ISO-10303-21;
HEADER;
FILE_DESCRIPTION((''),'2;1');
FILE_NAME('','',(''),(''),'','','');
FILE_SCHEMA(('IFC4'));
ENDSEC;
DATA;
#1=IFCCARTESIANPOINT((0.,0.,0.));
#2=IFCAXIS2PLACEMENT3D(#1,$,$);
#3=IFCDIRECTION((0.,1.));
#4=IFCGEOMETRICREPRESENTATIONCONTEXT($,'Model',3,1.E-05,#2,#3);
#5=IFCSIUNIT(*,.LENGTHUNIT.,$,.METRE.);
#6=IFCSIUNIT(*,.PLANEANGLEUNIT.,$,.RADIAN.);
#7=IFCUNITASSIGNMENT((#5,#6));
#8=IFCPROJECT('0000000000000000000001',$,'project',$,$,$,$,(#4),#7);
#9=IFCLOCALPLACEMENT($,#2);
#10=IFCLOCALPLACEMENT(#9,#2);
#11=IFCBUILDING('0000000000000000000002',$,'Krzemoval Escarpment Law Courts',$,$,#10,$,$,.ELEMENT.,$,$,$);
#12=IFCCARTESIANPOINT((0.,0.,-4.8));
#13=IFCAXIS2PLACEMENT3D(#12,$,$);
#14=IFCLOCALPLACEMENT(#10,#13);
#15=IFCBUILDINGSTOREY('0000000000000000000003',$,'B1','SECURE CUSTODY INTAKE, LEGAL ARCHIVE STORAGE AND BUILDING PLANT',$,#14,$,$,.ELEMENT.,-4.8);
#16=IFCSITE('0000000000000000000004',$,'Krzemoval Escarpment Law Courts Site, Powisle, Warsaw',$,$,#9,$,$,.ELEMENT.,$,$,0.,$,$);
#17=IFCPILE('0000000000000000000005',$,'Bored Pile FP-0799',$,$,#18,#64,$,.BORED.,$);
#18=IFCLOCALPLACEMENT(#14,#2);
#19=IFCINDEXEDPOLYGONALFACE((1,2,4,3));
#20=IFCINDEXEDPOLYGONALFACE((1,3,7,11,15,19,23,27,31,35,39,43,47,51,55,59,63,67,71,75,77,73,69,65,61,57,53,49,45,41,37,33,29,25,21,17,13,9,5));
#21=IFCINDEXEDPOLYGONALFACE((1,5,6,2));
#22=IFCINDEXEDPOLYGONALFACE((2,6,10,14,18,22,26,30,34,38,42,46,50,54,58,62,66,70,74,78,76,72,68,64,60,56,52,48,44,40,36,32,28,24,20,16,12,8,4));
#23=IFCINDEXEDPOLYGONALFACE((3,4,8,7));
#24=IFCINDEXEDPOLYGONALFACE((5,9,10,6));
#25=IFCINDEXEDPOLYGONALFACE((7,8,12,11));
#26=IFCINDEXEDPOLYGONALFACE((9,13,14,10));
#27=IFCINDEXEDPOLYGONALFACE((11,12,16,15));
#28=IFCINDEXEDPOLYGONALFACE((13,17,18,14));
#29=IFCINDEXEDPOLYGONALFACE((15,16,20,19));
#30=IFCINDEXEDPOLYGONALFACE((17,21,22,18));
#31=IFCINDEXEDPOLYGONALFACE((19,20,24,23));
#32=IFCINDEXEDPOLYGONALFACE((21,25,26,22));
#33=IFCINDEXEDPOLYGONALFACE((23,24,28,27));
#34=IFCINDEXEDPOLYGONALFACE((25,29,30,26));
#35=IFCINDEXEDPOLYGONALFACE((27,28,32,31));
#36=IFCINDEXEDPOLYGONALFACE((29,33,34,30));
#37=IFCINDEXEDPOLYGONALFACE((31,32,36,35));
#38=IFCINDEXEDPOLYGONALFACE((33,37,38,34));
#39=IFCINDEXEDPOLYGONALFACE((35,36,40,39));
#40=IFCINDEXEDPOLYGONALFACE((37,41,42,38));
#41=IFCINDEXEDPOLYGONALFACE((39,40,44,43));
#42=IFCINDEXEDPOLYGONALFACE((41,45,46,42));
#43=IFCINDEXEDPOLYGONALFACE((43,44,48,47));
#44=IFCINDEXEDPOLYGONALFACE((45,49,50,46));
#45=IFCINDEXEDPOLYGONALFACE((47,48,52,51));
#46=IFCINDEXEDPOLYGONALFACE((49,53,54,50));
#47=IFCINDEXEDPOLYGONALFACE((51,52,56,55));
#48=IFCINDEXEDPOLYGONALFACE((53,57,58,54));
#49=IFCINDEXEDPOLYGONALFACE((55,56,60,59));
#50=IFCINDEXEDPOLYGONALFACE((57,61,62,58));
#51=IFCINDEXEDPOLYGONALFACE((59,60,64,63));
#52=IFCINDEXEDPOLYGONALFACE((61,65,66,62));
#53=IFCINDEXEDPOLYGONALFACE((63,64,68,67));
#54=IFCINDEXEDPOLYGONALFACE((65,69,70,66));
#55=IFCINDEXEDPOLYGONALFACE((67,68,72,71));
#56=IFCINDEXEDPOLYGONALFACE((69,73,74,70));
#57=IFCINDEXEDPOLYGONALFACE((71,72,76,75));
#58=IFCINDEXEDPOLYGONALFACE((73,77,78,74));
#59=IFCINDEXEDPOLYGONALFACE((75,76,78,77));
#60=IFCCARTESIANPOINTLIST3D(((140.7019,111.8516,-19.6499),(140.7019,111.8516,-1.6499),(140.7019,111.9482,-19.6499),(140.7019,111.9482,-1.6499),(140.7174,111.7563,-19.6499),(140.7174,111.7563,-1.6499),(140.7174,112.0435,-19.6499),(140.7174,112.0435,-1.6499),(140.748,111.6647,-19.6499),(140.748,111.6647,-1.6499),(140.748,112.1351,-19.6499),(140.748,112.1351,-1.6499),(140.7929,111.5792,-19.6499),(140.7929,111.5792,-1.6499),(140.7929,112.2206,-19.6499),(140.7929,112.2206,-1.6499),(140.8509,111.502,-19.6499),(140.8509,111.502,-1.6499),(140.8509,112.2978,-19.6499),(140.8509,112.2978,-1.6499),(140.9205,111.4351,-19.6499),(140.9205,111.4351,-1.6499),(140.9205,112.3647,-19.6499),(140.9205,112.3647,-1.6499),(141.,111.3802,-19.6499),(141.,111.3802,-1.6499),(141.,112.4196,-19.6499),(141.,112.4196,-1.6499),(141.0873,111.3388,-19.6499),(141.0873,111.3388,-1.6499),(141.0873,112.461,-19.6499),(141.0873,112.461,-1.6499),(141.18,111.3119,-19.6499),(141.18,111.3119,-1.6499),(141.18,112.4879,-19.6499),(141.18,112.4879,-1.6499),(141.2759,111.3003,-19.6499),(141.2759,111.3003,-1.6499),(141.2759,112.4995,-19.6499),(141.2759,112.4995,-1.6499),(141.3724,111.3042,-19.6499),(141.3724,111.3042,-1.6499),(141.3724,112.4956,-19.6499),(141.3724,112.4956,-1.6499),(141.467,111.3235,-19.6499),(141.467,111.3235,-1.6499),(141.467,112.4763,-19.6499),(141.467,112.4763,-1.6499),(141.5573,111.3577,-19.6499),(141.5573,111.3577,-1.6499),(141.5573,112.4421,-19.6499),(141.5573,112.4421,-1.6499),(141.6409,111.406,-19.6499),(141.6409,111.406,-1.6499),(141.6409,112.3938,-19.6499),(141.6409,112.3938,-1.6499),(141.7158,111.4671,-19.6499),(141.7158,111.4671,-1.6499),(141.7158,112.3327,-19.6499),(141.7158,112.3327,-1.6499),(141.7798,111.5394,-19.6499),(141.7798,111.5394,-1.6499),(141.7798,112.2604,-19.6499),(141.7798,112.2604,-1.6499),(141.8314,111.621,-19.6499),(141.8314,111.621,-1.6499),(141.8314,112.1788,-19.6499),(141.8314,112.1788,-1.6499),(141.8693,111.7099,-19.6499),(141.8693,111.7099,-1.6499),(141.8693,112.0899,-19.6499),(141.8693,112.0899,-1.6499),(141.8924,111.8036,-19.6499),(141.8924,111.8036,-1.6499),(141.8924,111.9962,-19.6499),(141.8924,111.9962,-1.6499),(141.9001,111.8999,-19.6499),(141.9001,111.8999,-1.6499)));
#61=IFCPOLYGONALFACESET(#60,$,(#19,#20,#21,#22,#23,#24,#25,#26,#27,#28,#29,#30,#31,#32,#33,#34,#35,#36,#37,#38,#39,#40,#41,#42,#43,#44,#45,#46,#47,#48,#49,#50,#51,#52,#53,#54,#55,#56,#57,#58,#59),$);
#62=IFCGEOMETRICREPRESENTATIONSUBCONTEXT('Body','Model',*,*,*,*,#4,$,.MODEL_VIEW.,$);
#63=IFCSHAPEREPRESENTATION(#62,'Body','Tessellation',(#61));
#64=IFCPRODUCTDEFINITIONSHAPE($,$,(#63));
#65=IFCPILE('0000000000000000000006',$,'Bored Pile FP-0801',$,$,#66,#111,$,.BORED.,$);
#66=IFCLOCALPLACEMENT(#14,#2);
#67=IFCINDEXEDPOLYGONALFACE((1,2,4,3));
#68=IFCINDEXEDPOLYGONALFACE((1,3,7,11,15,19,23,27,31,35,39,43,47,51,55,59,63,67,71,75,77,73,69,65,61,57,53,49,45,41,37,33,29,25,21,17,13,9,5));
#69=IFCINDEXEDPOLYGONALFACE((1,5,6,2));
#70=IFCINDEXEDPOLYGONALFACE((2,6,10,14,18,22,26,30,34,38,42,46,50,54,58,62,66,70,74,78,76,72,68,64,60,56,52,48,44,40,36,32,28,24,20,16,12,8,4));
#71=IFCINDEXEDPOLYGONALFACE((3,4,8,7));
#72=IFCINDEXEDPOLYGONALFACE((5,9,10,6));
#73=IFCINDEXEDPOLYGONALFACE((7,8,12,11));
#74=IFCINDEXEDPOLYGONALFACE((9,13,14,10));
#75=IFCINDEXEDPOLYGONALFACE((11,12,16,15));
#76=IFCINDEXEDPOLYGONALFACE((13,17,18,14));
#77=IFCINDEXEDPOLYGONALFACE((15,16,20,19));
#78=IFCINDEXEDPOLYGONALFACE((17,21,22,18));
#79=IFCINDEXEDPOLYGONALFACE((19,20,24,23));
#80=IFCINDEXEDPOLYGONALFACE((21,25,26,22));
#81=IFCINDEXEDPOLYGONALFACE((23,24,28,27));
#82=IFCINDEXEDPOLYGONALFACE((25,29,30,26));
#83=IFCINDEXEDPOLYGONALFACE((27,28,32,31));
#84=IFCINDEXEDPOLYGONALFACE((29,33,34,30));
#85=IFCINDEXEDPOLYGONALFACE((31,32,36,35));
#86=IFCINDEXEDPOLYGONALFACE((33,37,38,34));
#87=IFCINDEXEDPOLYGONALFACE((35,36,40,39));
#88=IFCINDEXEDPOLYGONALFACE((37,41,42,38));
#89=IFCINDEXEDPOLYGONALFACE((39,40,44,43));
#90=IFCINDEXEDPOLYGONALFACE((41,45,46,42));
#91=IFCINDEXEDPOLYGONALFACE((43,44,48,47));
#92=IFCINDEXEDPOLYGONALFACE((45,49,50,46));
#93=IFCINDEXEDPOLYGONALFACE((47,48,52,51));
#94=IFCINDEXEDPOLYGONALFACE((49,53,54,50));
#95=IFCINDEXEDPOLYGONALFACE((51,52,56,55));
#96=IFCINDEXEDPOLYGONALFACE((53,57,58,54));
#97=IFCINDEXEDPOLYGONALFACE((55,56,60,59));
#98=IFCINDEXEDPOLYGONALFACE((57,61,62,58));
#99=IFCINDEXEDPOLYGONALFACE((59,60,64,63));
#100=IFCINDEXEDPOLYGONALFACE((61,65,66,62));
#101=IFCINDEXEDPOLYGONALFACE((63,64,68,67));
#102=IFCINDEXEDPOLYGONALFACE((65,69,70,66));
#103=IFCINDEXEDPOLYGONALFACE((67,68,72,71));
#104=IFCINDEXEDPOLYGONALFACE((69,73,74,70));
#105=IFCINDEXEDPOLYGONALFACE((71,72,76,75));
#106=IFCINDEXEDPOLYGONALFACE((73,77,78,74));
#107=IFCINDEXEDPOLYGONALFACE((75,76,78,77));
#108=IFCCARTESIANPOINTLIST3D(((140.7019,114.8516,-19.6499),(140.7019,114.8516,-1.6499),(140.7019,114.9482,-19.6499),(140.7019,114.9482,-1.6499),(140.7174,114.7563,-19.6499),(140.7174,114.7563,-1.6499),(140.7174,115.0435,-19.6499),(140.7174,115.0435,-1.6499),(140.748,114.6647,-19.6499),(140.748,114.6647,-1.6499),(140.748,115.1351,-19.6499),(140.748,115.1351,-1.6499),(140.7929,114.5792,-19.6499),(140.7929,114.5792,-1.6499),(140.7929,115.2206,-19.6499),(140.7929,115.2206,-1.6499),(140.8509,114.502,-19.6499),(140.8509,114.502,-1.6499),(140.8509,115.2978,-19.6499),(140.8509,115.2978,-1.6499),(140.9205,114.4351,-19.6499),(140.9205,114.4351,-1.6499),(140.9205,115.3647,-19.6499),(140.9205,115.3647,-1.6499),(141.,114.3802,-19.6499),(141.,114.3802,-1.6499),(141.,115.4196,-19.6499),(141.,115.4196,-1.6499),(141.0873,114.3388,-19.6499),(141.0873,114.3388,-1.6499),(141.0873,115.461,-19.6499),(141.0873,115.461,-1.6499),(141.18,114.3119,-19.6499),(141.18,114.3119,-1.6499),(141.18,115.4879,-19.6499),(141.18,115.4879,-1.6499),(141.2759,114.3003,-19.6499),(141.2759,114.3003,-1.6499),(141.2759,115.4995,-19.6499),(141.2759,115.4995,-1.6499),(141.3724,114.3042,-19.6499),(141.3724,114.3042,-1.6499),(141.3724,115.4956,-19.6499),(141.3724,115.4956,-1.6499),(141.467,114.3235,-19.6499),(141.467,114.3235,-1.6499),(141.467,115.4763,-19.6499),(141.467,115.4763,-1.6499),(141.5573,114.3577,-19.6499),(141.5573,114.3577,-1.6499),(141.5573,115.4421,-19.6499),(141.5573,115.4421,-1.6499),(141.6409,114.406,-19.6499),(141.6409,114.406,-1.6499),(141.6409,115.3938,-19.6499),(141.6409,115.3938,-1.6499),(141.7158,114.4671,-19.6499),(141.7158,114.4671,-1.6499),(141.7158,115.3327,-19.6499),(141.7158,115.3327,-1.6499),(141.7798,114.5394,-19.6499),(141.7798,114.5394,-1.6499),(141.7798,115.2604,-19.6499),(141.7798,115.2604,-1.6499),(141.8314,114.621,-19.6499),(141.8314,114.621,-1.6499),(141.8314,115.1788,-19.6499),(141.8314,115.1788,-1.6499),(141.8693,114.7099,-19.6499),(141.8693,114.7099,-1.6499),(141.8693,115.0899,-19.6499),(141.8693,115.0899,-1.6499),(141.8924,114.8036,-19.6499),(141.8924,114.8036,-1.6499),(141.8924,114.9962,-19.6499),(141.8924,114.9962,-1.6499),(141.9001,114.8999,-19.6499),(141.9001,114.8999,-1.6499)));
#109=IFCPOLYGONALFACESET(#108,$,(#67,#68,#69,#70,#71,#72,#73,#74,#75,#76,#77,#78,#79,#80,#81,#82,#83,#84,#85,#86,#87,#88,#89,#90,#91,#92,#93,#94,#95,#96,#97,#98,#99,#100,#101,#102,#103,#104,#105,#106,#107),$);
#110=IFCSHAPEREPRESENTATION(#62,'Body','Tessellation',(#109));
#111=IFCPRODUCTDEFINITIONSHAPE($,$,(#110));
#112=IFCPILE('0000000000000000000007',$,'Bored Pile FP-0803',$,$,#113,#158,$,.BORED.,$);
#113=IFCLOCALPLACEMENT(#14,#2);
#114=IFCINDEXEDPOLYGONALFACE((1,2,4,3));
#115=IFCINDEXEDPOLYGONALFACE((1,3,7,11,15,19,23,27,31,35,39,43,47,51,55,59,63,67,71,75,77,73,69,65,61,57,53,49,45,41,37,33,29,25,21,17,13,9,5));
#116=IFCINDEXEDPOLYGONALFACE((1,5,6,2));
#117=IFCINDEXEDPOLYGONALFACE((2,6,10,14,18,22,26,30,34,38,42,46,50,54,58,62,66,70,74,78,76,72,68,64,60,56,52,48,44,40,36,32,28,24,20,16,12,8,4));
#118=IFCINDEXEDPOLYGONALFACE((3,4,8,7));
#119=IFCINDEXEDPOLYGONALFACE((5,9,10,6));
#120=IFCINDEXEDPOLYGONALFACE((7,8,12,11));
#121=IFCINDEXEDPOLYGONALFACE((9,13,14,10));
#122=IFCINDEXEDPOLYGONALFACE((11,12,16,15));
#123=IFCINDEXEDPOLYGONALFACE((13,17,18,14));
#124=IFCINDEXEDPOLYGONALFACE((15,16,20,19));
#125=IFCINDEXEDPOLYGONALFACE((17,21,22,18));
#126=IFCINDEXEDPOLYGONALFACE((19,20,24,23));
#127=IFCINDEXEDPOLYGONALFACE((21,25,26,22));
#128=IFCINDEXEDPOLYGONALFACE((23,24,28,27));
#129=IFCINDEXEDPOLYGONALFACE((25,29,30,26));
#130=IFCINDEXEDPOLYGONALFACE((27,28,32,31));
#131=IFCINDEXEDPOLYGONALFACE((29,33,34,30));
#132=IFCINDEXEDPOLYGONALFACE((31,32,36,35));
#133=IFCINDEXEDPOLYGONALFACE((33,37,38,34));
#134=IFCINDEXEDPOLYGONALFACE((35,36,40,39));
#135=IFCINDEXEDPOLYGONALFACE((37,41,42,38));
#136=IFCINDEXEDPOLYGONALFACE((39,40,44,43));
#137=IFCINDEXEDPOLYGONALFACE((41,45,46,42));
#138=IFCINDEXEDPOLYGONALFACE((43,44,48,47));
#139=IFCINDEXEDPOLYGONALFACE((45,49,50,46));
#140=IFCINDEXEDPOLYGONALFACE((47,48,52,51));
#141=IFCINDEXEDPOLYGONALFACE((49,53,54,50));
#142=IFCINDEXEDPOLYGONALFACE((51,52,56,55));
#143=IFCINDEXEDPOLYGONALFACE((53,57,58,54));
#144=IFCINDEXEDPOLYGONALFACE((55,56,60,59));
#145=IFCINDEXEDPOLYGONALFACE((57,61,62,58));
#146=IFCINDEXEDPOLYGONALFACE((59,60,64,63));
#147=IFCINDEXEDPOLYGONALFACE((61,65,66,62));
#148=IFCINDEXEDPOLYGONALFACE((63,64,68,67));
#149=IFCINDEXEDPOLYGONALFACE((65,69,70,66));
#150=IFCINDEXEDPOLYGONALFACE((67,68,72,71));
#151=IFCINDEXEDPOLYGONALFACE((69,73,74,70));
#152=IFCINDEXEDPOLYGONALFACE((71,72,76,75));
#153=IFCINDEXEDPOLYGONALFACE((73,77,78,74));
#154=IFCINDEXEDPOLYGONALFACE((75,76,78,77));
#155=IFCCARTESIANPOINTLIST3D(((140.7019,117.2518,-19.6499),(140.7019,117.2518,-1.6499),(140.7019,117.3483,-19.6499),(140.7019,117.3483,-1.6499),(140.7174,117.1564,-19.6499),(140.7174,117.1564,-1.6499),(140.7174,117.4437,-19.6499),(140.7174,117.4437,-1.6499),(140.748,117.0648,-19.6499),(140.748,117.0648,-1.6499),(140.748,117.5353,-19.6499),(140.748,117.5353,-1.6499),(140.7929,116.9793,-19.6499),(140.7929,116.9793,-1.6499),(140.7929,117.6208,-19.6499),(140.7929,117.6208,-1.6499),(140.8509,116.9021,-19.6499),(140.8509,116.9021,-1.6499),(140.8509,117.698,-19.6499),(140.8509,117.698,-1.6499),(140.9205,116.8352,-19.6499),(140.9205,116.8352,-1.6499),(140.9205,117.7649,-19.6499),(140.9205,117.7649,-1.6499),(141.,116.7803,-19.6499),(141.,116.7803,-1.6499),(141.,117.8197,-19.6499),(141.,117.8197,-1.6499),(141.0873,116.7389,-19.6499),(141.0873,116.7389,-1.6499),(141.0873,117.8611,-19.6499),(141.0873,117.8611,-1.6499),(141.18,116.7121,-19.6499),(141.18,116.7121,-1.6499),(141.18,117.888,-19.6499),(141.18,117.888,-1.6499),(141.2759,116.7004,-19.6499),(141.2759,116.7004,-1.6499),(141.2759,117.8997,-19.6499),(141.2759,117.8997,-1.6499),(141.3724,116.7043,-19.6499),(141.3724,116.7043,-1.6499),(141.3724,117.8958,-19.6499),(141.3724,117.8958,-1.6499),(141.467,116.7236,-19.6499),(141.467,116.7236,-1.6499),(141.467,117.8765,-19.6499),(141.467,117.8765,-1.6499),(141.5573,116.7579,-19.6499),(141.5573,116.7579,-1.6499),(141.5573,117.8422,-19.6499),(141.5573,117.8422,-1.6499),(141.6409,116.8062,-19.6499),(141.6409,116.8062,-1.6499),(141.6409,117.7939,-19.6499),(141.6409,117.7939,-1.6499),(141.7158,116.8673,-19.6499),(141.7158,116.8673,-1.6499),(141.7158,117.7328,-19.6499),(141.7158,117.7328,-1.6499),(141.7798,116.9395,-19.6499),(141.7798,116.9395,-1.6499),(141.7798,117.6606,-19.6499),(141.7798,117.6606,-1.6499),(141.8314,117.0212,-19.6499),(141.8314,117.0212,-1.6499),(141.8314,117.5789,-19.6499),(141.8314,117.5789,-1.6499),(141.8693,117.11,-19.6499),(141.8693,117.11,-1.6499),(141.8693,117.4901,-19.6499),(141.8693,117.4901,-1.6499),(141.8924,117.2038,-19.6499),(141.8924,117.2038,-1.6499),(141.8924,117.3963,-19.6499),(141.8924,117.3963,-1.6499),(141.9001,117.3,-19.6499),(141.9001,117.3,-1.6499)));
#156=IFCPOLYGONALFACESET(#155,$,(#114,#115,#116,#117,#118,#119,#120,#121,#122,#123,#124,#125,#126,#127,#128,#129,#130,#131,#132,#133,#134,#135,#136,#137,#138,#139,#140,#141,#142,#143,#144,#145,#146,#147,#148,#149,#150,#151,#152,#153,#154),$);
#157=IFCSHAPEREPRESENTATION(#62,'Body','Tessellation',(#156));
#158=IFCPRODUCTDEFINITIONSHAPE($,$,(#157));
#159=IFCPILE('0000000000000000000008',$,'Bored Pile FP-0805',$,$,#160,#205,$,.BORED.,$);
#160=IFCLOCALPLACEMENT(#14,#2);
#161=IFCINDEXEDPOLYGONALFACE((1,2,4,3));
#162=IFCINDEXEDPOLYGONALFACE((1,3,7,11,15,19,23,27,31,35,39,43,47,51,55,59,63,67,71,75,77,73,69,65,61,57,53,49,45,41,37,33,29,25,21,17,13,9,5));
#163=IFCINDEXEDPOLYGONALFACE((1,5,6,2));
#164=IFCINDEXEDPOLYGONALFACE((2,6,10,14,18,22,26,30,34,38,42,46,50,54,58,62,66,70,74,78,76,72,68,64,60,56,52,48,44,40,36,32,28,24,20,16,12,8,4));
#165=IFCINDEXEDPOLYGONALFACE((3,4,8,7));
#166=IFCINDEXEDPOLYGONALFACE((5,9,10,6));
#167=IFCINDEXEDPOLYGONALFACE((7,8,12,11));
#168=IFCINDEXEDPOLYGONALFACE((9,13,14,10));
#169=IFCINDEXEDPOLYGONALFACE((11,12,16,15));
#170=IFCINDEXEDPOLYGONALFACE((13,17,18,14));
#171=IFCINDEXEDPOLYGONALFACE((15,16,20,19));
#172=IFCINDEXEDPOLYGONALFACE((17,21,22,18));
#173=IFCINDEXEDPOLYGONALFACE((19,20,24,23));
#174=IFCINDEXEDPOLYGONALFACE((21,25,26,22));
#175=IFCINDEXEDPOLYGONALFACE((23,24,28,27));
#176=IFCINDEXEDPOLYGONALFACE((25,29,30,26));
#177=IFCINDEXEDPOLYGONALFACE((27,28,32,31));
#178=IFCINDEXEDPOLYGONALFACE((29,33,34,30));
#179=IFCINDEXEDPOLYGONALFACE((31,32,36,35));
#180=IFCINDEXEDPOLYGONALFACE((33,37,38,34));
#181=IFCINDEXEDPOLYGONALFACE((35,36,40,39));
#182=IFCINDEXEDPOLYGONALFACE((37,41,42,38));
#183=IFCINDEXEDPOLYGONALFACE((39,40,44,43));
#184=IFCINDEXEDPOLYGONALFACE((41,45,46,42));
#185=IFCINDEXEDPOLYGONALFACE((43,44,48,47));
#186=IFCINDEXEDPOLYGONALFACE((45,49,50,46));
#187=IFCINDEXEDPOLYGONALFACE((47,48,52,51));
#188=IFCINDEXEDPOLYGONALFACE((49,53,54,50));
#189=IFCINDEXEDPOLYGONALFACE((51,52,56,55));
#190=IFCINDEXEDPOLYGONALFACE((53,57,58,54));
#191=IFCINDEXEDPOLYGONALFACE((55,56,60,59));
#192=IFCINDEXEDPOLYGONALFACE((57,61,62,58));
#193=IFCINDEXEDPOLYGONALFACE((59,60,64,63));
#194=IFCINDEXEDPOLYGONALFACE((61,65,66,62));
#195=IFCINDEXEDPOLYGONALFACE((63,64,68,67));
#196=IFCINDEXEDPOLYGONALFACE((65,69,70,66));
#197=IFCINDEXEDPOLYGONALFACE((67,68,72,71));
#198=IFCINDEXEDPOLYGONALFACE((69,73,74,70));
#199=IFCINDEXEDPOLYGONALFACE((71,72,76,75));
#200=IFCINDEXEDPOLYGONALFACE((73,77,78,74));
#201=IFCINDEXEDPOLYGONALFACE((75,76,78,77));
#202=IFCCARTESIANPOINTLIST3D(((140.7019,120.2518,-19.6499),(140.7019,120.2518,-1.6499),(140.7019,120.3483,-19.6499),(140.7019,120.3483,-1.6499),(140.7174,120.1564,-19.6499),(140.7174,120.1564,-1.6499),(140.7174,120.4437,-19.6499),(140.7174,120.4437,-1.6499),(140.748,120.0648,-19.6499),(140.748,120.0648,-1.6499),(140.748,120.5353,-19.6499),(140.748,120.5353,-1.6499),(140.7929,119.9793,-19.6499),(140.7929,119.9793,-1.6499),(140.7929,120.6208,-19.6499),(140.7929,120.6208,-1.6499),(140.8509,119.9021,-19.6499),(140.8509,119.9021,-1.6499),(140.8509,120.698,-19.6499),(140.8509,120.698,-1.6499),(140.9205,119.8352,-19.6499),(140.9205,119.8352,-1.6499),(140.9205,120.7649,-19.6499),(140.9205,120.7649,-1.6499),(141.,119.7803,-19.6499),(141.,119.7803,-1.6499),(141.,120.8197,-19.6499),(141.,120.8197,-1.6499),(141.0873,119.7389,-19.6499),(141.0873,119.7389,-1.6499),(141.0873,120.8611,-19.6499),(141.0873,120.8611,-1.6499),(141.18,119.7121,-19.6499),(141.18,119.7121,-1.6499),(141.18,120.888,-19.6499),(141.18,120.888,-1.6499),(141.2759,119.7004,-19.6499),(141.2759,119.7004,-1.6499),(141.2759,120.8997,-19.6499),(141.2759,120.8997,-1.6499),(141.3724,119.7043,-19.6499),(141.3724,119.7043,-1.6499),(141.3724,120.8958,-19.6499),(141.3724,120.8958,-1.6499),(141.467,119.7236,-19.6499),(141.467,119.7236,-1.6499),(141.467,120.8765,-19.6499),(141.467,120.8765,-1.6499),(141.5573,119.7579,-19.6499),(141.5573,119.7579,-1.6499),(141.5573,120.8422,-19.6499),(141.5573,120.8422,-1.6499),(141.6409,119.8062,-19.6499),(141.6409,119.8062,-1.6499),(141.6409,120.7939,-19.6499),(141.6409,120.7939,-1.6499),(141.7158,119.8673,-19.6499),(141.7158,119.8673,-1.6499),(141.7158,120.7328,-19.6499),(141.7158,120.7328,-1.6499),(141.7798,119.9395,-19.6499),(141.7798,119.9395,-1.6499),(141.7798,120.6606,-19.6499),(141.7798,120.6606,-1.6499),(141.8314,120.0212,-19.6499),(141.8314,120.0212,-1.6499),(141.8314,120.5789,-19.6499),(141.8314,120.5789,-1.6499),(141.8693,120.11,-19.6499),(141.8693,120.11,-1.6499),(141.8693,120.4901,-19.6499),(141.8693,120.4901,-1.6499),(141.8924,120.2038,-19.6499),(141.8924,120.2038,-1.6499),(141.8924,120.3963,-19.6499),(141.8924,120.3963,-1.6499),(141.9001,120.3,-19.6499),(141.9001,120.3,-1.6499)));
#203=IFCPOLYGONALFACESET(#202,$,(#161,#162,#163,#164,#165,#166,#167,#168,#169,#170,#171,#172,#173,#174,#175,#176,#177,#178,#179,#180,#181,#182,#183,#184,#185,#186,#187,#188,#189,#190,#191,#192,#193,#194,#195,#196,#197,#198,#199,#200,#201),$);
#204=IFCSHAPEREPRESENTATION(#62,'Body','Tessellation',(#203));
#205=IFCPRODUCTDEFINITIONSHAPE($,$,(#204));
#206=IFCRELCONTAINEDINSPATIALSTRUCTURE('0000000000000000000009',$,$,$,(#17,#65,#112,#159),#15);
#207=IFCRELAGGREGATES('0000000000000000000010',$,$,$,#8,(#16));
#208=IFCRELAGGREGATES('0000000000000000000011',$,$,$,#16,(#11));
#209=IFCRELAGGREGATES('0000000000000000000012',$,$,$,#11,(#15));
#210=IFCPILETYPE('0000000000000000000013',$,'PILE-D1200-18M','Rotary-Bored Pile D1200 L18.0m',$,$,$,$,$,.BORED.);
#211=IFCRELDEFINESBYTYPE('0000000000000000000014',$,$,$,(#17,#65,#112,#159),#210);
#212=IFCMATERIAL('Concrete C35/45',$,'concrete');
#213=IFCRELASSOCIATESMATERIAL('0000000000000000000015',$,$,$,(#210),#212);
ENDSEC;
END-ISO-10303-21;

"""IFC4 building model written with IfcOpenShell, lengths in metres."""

from ifc_helpers import new_model, si_unit, direction, frame, origin, origin_2d, place, context, subcontext, project, spatial, circle, extrude, material, material_profile, profile_set, type_object, element, save


model = new_model("IFC4")

# Units and contexts
model_context = context("Model", 3, precision=1e-05, world=origin(), true_north=direction((0.0, 1.0)))
body_context = subcontext(model_context, "Body", "Model", "MODEL_VIEW")
ifc_project = project(units=[si_unit("LENGTHUNIT", "METRE"), si_unit("PLANEANGLEUNIT", "RADIAN")], contexts=[model_context])

# Site, building, storey
site_placement = place(None, origin())
site = spatial("IfcSite", under=ifc_project, at=site_placement, Name="Krzemoval Escarpment Law Courts Site, Powisle, Warsaw", CompositionType="ELEMENT", RefElevation=0.0)
building_placement = place(site_placement, origin())
building = spatial("IfcBuilding", under=site, at=building_placement, Name="Krzemoval Escarpment Law Courts", CompositionType="ELEMENT")
storey_placement = place(building_placement, frame((0.0, 0.0, -4.8)))
storey = spatial("IfcBuildingStorey", under=building, at=storey_placement, Name="B1", Description="SECURE CUSTODY INTAKE, LEGAL ARCHIVE STORAGE AND BUILDING PLANT", CompositionType="ELEMENT", Elevation=-4.8)

# Piles
ifc_material_1 = material(Name="Concrete C35/45", Category="concrete")
ifc_material_profile_1 = material_profile(ifc_material_1, circle(Radius=0.6001, at=origin_2d()), Name="PILE D1200")
ifc_profile_set_1 = profile_set([ifc_material_profile_1], Name="Concrete C35/45")
pile_type = type_object("IfcPileType", Name="PILE-D1200-18M", Description="Rotary-Bored Pile D1200 L18.0m", PredefinedType="BORED", material=ifc_profile_set_1)
for number, where, z_axis, x_axis, name in (
    (1, (141.3, 111.8999, -1.6499), (0.0, 0.0, -1.0), (1.0, 0.0, 0.0), "Bored Pile FP-0799"),
    (2, (141.3, 114.8999, -1.6499), (0.0, 0.0, -1.0), (1.0, 0.0, 0.0), "Bored Pile FP-0801"),
    (3, (141.3, 117.3, -1.6499), (0.0, 0.0, -1.0), (1.0, 0.0, 0.0), "Bored Pile FP-0803"),
    (4, (141.3, 120.3, -1.6499), (0.0, 0.0, -1.0), (1.0, 0.0, 0.0), "Bored Pile FP-0805"),
):
    element("IfcPile", number, at=place(storey_placement, frame(where, z_axis=z_axis, x_axis=x_axis)), inside=storey, type_object=pile_type, Name=name, PredefinedType="BORED", context=body_context, shape_type="SweptSolid", body=[
        extrude(circle(Radius=0.6001, at=origin_2d()), origin(), (0.0, 0.0, 1.0), 18.0),
    ])

save(model, "model.ifc")
